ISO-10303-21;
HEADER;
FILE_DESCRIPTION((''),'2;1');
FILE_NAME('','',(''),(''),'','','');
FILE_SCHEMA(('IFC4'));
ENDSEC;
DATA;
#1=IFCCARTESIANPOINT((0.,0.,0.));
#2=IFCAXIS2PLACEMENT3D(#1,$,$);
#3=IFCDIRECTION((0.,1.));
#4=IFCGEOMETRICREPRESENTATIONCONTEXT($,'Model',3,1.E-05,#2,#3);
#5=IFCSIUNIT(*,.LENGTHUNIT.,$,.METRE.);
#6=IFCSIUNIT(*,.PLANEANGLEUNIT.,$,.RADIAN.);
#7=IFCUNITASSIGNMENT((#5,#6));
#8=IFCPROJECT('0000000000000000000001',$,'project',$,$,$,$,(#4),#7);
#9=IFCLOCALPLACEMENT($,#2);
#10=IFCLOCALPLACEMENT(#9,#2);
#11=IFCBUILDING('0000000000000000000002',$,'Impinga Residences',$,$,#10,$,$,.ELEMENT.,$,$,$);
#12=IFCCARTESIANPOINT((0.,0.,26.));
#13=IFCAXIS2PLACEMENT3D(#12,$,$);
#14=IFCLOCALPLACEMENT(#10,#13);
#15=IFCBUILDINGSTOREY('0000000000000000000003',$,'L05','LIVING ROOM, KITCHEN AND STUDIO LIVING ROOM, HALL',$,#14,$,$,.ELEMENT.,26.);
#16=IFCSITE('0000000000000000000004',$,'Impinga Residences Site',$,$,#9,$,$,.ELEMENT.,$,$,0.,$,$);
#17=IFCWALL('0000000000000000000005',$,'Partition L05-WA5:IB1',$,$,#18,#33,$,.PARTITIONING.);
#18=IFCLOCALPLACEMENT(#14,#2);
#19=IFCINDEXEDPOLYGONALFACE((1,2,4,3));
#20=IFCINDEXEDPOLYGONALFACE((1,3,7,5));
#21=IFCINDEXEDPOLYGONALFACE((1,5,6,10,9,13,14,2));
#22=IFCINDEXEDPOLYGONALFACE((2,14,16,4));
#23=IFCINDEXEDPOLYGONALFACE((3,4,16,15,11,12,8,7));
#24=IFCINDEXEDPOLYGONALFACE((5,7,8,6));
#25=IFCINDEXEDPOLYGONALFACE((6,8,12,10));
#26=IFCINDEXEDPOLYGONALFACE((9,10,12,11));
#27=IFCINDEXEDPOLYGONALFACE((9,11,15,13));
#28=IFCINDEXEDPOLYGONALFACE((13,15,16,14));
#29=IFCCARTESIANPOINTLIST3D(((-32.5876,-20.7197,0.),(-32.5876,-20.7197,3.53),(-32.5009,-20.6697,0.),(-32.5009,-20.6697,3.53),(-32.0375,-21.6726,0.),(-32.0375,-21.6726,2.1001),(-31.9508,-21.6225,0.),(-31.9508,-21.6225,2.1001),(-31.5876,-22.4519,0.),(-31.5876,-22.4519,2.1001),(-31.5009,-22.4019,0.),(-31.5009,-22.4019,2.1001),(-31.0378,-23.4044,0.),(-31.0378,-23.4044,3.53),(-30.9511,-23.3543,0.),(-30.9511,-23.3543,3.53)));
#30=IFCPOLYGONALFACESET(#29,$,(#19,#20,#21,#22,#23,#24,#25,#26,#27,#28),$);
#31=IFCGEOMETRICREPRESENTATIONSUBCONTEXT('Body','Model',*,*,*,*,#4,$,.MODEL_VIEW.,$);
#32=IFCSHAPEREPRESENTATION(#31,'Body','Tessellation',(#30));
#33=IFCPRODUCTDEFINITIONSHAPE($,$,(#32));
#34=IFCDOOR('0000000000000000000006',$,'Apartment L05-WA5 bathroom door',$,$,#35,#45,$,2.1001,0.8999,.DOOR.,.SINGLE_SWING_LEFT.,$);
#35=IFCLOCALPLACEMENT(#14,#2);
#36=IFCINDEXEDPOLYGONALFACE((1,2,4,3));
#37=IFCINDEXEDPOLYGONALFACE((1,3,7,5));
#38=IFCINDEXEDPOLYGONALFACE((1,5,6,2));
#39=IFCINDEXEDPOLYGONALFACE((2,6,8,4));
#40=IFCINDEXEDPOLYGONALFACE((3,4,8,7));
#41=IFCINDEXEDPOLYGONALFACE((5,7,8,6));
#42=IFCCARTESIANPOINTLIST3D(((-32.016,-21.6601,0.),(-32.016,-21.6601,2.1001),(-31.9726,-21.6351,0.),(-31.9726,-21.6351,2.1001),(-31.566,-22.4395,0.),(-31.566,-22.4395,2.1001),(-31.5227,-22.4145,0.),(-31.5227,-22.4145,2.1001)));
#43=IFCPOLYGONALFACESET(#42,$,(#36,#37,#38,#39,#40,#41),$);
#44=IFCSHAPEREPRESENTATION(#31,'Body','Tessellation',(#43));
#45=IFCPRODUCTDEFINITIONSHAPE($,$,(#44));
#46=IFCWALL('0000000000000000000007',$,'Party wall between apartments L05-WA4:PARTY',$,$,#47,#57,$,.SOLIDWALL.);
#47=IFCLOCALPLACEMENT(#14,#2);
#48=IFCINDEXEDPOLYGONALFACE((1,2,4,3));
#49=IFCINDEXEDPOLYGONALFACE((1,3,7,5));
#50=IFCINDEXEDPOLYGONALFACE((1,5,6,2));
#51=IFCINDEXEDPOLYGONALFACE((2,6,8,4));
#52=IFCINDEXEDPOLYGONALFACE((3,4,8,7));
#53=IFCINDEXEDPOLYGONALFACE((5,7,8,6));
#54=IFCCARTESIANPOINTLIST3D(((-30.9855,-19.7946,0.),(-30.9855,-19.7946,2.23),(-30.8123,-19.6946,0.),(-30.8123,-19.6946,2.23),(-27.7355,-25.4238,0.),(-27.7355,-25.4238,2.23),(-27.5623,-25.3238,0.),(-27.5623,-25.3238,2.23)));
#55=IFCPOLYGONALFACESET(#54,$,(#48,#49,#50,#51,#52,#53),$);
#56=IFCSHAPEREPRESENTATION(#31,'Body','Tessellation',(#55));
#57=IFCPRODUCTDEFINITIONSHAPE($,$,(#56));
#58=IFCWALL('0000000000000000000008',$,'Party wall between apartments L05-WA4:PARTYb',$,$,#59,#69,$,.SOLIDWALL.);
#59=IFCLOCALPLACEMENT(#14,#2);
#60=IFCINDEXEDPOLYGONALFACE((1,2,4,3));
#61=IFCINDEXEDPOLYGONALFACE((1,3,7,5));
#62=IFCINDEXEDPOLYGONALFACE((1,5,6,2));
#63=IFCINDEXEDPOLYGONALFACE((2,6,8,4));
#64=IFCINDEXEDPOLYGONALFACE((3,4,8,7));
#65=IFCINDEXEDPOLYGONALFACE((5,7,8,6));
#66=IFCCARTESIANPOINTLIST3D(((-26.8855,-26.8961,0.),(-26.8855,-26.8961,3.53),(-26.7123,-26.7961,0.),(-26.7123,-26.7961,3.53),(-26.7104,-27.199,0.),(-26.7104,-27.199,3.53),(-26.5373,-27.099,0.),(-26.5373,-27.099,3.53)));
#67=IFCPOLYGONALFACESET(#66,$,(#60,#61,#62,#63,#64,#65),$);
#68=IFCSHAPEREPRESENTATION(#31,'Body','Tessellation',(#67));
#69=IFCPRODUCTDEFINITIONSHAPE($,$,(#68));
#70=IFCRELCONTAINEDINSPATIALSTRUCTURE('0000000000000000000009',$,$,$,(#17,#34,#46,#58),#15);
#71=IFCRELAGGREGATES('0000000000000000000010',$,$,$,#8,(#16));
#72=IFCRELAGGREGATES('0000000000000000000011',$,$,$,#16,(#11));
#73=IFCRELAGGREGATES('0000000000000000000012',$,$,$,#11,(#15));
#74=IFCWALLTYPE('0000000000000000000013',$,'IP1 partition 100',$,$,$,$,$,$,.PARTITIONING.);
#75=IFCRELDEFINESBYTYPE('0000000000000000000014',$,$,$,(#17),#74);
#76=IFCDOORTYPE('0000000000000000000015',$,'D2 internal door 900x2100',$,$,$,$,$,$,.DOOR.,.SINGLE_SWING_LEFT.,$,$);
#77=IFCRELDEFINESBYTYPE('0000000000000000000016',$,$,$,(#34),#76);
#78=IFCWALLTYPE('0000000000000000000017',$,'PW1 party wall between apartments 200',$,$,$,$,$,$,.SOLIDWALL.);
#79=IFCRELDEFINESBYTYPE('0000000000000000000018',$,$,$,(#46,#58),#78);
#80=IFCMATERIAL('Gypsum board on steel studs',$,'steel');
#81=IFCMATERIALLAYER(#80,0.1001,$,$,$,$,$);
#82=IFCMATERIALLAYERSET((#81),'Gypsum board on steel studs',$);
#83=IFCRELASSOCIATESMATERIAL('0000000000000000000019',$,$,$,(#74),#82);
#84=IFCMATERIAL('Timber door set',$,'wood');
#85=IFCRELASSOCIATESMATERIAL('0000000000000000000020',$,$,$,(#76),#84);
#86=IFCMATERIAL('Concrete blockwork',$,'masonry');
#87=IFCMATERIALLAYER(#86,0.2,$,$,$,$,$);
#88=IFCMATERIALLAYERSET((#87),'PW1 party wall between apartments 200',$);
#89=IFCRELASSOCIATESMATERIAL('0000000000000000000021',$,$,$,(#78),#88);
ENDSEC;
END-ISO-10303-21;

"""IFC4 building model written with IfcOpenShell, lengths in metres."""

from ifc_helpers import new_model, si_unit, direction, frame, frame_2d, origin, place, context, subcontext, project, spatial, rectangle, extrude, material, layer, layer_set, type_object, element, fill, save


model = new_model("IFC4")

# Units and contexts
model_context = context("Model", 3, precision=1e-05, world=origin(), true_north=direction((0.0, 1.0)))
body_context = subcontext(model_context, "Body", "Model", "MODEL_VIEW")
ifc_project = project(units=[si_unit("LENGTHUNIT", "METRE"), si_unit("PLANEANGLEUNIT", "RADIAN")], contexts=[model_context])

# Site, building, storey
site_placement = place(None, origin())
site = spatial("IfcSite", under=ifc_project, at=site_placement, Name="Impinga Residences Site", CompositionType="ELEMENT", RefElevation=0.0)
building_placement = place(site_placement, origin())
building = spatial("IfcBuilding", under=site, at=building_placement, Name="Impinga Residences", CompositionType="ELEMENT")
storey_placement = place(building_placement, frame((0.0, 0.0, 26.0)))
storey = spatial("IfcBuildingStorey", under=building, at=storey_placement, Name="L05", Description="LIVING ROOM, KITCHEN AND STUDIO LIVING ROOM, HALL", CompositionType="ELEMENT", Elevation=26.0)

# Shared definitions
ifc_material_1 = material(Name="Gypsum board on steel studs", Category="steel")
ifc_layer_1 = layer(ifc_material_1, 0.1001)
ifc_layer_set_1 = layer_set([ifc_layer_1], Name="Gypsum board on steel studs")
wall_type_1 = type_object("IfcWallType", Name="IP1 partition 100", PredefinedType="PARTITIONING", material=ifc_layer_set_1)

# Shared definitions
ifc_material_2 = material(Name="Timber door set", Category="wood")
door_type = type_object("IfcDoorType", Name="D2 internal door 900x2100", OperationType="SINGLE_SWING_LEFT", PredefinedType="DOOR", material=ifc_material_2)

# Wall, opening, door
wall_1_placement = place(storey_placement, frame((-32.5442, -20.6948, 0.0), z_axis=(0.0, 0.0, 1.0), x_axis=(0.499968, -0.866044, 0.0)))
wall_1 = element("IfcWall", 1, at=wall_1_placement, inside=storey, type_object=wall_type_1, Name="Partition L05-WA5:IB1", PredefinedType="PARTITIONING", context=body_context, shape_type="SweptSolid", body=[
    extrude(rectangle(XDim=3.0999, YDim=0.1001, at=frame_2d((1.5498, 0.0))), origin(), (0.0, 0.0, 1.0), 3.53),
])
opening_1_placement = place(wall_1_placement, frame((1.1001, 0.0, 0.0)))
opening_1 = element("IfcOpeningElement", 2, at=opening_1_placement, cuts=wall_1, PredefinedType="OPENING", context=body_context, shape_type="SweptSolid", body=[
    extrude(rectangle(XDim=0.8999, YDim=2.1001, at=frame_2d((0.45, 1.05))), frame((0.0, 0.0601, 0.0), z_axis=(0.0, -1.0, 0.0), x_axis=(1.0, 0.0, 0.0)), (0.0, 0.0, 1.0), 0.1201),
])
door_1_placement = place(opening_1_placement, origin())
door_1 = element("IfcDoor", 3, at=door_1_placement, inside=storey, type_object=door_type, Name="Apartment L05-WA5 bathroom door", OperationType="SINGLE_SWING_LEFT", OverallHeight=2.1001, OverallWidth=0.8999, PredefinedType="DOOR", context=body_context, shape_type="SweptSolid", body=[
    extrude(rectangle(XDim=0.8999, YDim=2.1001, at=frame_2d((0.45, 1.05))), frame((0.0, 0.0249, 0.0), z_axis=(0.0, -1.0, 0.0), x_axis=(1.0, 0.0, 0.0)), (0.0, 0.0, 1.0), 0.05),
])
fill(opening_1, door_1)

# Walls
ifc_material_3 = material(Name="Concrete blockwork", Category="masonry")
ifc_layer_2 = layer(ifc_material_3, 0.2)
ifc_layer_set_2 = layer_set([ifc_layer_2], Name="PW1 party wall between apartments 200")
wall_type_2 = type_object("IfcWallType", Name="PW1 party wall between apartments 200", PredefinedType="SOLIDWALL", material=ifc_layer_set_2)
wall_2_placement = place(storey_placement, frame((-30.8989, -19.7446, 0.0), z_axis=(0.0, 0.0, 1.0), x_axis=(0.500001, -0.866025, 0.0)))
element("IfcWall", 4, at=wall_2_placement, inside=storey, type_object=wall_type_2, Name="Party wall between apartments L05-WA4:PARTY", PredefinedType="SOLIDWALL", context=body_context, shape_type="SweptSolid", body=[
    extrude(rectangle(XDim=6.5, YDim=0.2, at=frame_2d((3.25, 0.0))), origin(), (0.0, 0.0, 1.0), 2.23),
])
wall_3_placement = place(storey_placement, frame((-26.7988, -26.8462, 0.0), z_axis=(0.0, 0.0, 1.0), x_axis=(0.500266, -0.865872, 0.0)))
element("IfcWall", 5, at=wall_3_placement, inside=storey, type_object=wall_type_2, Name="Party wall between apartments L05-WA4:PARTYb", PredefinedType="SOLIDWALL", context=body_context, shape_type="SweptSolid", body=[
    extrude(rectangle(XDim=0.3499, YDim=0.2, at=frame_2d((0.1748, 0.0))), origin(), (0.0, 0.0, 1.0), 3.53),
])

save(model, "model.ifc")
